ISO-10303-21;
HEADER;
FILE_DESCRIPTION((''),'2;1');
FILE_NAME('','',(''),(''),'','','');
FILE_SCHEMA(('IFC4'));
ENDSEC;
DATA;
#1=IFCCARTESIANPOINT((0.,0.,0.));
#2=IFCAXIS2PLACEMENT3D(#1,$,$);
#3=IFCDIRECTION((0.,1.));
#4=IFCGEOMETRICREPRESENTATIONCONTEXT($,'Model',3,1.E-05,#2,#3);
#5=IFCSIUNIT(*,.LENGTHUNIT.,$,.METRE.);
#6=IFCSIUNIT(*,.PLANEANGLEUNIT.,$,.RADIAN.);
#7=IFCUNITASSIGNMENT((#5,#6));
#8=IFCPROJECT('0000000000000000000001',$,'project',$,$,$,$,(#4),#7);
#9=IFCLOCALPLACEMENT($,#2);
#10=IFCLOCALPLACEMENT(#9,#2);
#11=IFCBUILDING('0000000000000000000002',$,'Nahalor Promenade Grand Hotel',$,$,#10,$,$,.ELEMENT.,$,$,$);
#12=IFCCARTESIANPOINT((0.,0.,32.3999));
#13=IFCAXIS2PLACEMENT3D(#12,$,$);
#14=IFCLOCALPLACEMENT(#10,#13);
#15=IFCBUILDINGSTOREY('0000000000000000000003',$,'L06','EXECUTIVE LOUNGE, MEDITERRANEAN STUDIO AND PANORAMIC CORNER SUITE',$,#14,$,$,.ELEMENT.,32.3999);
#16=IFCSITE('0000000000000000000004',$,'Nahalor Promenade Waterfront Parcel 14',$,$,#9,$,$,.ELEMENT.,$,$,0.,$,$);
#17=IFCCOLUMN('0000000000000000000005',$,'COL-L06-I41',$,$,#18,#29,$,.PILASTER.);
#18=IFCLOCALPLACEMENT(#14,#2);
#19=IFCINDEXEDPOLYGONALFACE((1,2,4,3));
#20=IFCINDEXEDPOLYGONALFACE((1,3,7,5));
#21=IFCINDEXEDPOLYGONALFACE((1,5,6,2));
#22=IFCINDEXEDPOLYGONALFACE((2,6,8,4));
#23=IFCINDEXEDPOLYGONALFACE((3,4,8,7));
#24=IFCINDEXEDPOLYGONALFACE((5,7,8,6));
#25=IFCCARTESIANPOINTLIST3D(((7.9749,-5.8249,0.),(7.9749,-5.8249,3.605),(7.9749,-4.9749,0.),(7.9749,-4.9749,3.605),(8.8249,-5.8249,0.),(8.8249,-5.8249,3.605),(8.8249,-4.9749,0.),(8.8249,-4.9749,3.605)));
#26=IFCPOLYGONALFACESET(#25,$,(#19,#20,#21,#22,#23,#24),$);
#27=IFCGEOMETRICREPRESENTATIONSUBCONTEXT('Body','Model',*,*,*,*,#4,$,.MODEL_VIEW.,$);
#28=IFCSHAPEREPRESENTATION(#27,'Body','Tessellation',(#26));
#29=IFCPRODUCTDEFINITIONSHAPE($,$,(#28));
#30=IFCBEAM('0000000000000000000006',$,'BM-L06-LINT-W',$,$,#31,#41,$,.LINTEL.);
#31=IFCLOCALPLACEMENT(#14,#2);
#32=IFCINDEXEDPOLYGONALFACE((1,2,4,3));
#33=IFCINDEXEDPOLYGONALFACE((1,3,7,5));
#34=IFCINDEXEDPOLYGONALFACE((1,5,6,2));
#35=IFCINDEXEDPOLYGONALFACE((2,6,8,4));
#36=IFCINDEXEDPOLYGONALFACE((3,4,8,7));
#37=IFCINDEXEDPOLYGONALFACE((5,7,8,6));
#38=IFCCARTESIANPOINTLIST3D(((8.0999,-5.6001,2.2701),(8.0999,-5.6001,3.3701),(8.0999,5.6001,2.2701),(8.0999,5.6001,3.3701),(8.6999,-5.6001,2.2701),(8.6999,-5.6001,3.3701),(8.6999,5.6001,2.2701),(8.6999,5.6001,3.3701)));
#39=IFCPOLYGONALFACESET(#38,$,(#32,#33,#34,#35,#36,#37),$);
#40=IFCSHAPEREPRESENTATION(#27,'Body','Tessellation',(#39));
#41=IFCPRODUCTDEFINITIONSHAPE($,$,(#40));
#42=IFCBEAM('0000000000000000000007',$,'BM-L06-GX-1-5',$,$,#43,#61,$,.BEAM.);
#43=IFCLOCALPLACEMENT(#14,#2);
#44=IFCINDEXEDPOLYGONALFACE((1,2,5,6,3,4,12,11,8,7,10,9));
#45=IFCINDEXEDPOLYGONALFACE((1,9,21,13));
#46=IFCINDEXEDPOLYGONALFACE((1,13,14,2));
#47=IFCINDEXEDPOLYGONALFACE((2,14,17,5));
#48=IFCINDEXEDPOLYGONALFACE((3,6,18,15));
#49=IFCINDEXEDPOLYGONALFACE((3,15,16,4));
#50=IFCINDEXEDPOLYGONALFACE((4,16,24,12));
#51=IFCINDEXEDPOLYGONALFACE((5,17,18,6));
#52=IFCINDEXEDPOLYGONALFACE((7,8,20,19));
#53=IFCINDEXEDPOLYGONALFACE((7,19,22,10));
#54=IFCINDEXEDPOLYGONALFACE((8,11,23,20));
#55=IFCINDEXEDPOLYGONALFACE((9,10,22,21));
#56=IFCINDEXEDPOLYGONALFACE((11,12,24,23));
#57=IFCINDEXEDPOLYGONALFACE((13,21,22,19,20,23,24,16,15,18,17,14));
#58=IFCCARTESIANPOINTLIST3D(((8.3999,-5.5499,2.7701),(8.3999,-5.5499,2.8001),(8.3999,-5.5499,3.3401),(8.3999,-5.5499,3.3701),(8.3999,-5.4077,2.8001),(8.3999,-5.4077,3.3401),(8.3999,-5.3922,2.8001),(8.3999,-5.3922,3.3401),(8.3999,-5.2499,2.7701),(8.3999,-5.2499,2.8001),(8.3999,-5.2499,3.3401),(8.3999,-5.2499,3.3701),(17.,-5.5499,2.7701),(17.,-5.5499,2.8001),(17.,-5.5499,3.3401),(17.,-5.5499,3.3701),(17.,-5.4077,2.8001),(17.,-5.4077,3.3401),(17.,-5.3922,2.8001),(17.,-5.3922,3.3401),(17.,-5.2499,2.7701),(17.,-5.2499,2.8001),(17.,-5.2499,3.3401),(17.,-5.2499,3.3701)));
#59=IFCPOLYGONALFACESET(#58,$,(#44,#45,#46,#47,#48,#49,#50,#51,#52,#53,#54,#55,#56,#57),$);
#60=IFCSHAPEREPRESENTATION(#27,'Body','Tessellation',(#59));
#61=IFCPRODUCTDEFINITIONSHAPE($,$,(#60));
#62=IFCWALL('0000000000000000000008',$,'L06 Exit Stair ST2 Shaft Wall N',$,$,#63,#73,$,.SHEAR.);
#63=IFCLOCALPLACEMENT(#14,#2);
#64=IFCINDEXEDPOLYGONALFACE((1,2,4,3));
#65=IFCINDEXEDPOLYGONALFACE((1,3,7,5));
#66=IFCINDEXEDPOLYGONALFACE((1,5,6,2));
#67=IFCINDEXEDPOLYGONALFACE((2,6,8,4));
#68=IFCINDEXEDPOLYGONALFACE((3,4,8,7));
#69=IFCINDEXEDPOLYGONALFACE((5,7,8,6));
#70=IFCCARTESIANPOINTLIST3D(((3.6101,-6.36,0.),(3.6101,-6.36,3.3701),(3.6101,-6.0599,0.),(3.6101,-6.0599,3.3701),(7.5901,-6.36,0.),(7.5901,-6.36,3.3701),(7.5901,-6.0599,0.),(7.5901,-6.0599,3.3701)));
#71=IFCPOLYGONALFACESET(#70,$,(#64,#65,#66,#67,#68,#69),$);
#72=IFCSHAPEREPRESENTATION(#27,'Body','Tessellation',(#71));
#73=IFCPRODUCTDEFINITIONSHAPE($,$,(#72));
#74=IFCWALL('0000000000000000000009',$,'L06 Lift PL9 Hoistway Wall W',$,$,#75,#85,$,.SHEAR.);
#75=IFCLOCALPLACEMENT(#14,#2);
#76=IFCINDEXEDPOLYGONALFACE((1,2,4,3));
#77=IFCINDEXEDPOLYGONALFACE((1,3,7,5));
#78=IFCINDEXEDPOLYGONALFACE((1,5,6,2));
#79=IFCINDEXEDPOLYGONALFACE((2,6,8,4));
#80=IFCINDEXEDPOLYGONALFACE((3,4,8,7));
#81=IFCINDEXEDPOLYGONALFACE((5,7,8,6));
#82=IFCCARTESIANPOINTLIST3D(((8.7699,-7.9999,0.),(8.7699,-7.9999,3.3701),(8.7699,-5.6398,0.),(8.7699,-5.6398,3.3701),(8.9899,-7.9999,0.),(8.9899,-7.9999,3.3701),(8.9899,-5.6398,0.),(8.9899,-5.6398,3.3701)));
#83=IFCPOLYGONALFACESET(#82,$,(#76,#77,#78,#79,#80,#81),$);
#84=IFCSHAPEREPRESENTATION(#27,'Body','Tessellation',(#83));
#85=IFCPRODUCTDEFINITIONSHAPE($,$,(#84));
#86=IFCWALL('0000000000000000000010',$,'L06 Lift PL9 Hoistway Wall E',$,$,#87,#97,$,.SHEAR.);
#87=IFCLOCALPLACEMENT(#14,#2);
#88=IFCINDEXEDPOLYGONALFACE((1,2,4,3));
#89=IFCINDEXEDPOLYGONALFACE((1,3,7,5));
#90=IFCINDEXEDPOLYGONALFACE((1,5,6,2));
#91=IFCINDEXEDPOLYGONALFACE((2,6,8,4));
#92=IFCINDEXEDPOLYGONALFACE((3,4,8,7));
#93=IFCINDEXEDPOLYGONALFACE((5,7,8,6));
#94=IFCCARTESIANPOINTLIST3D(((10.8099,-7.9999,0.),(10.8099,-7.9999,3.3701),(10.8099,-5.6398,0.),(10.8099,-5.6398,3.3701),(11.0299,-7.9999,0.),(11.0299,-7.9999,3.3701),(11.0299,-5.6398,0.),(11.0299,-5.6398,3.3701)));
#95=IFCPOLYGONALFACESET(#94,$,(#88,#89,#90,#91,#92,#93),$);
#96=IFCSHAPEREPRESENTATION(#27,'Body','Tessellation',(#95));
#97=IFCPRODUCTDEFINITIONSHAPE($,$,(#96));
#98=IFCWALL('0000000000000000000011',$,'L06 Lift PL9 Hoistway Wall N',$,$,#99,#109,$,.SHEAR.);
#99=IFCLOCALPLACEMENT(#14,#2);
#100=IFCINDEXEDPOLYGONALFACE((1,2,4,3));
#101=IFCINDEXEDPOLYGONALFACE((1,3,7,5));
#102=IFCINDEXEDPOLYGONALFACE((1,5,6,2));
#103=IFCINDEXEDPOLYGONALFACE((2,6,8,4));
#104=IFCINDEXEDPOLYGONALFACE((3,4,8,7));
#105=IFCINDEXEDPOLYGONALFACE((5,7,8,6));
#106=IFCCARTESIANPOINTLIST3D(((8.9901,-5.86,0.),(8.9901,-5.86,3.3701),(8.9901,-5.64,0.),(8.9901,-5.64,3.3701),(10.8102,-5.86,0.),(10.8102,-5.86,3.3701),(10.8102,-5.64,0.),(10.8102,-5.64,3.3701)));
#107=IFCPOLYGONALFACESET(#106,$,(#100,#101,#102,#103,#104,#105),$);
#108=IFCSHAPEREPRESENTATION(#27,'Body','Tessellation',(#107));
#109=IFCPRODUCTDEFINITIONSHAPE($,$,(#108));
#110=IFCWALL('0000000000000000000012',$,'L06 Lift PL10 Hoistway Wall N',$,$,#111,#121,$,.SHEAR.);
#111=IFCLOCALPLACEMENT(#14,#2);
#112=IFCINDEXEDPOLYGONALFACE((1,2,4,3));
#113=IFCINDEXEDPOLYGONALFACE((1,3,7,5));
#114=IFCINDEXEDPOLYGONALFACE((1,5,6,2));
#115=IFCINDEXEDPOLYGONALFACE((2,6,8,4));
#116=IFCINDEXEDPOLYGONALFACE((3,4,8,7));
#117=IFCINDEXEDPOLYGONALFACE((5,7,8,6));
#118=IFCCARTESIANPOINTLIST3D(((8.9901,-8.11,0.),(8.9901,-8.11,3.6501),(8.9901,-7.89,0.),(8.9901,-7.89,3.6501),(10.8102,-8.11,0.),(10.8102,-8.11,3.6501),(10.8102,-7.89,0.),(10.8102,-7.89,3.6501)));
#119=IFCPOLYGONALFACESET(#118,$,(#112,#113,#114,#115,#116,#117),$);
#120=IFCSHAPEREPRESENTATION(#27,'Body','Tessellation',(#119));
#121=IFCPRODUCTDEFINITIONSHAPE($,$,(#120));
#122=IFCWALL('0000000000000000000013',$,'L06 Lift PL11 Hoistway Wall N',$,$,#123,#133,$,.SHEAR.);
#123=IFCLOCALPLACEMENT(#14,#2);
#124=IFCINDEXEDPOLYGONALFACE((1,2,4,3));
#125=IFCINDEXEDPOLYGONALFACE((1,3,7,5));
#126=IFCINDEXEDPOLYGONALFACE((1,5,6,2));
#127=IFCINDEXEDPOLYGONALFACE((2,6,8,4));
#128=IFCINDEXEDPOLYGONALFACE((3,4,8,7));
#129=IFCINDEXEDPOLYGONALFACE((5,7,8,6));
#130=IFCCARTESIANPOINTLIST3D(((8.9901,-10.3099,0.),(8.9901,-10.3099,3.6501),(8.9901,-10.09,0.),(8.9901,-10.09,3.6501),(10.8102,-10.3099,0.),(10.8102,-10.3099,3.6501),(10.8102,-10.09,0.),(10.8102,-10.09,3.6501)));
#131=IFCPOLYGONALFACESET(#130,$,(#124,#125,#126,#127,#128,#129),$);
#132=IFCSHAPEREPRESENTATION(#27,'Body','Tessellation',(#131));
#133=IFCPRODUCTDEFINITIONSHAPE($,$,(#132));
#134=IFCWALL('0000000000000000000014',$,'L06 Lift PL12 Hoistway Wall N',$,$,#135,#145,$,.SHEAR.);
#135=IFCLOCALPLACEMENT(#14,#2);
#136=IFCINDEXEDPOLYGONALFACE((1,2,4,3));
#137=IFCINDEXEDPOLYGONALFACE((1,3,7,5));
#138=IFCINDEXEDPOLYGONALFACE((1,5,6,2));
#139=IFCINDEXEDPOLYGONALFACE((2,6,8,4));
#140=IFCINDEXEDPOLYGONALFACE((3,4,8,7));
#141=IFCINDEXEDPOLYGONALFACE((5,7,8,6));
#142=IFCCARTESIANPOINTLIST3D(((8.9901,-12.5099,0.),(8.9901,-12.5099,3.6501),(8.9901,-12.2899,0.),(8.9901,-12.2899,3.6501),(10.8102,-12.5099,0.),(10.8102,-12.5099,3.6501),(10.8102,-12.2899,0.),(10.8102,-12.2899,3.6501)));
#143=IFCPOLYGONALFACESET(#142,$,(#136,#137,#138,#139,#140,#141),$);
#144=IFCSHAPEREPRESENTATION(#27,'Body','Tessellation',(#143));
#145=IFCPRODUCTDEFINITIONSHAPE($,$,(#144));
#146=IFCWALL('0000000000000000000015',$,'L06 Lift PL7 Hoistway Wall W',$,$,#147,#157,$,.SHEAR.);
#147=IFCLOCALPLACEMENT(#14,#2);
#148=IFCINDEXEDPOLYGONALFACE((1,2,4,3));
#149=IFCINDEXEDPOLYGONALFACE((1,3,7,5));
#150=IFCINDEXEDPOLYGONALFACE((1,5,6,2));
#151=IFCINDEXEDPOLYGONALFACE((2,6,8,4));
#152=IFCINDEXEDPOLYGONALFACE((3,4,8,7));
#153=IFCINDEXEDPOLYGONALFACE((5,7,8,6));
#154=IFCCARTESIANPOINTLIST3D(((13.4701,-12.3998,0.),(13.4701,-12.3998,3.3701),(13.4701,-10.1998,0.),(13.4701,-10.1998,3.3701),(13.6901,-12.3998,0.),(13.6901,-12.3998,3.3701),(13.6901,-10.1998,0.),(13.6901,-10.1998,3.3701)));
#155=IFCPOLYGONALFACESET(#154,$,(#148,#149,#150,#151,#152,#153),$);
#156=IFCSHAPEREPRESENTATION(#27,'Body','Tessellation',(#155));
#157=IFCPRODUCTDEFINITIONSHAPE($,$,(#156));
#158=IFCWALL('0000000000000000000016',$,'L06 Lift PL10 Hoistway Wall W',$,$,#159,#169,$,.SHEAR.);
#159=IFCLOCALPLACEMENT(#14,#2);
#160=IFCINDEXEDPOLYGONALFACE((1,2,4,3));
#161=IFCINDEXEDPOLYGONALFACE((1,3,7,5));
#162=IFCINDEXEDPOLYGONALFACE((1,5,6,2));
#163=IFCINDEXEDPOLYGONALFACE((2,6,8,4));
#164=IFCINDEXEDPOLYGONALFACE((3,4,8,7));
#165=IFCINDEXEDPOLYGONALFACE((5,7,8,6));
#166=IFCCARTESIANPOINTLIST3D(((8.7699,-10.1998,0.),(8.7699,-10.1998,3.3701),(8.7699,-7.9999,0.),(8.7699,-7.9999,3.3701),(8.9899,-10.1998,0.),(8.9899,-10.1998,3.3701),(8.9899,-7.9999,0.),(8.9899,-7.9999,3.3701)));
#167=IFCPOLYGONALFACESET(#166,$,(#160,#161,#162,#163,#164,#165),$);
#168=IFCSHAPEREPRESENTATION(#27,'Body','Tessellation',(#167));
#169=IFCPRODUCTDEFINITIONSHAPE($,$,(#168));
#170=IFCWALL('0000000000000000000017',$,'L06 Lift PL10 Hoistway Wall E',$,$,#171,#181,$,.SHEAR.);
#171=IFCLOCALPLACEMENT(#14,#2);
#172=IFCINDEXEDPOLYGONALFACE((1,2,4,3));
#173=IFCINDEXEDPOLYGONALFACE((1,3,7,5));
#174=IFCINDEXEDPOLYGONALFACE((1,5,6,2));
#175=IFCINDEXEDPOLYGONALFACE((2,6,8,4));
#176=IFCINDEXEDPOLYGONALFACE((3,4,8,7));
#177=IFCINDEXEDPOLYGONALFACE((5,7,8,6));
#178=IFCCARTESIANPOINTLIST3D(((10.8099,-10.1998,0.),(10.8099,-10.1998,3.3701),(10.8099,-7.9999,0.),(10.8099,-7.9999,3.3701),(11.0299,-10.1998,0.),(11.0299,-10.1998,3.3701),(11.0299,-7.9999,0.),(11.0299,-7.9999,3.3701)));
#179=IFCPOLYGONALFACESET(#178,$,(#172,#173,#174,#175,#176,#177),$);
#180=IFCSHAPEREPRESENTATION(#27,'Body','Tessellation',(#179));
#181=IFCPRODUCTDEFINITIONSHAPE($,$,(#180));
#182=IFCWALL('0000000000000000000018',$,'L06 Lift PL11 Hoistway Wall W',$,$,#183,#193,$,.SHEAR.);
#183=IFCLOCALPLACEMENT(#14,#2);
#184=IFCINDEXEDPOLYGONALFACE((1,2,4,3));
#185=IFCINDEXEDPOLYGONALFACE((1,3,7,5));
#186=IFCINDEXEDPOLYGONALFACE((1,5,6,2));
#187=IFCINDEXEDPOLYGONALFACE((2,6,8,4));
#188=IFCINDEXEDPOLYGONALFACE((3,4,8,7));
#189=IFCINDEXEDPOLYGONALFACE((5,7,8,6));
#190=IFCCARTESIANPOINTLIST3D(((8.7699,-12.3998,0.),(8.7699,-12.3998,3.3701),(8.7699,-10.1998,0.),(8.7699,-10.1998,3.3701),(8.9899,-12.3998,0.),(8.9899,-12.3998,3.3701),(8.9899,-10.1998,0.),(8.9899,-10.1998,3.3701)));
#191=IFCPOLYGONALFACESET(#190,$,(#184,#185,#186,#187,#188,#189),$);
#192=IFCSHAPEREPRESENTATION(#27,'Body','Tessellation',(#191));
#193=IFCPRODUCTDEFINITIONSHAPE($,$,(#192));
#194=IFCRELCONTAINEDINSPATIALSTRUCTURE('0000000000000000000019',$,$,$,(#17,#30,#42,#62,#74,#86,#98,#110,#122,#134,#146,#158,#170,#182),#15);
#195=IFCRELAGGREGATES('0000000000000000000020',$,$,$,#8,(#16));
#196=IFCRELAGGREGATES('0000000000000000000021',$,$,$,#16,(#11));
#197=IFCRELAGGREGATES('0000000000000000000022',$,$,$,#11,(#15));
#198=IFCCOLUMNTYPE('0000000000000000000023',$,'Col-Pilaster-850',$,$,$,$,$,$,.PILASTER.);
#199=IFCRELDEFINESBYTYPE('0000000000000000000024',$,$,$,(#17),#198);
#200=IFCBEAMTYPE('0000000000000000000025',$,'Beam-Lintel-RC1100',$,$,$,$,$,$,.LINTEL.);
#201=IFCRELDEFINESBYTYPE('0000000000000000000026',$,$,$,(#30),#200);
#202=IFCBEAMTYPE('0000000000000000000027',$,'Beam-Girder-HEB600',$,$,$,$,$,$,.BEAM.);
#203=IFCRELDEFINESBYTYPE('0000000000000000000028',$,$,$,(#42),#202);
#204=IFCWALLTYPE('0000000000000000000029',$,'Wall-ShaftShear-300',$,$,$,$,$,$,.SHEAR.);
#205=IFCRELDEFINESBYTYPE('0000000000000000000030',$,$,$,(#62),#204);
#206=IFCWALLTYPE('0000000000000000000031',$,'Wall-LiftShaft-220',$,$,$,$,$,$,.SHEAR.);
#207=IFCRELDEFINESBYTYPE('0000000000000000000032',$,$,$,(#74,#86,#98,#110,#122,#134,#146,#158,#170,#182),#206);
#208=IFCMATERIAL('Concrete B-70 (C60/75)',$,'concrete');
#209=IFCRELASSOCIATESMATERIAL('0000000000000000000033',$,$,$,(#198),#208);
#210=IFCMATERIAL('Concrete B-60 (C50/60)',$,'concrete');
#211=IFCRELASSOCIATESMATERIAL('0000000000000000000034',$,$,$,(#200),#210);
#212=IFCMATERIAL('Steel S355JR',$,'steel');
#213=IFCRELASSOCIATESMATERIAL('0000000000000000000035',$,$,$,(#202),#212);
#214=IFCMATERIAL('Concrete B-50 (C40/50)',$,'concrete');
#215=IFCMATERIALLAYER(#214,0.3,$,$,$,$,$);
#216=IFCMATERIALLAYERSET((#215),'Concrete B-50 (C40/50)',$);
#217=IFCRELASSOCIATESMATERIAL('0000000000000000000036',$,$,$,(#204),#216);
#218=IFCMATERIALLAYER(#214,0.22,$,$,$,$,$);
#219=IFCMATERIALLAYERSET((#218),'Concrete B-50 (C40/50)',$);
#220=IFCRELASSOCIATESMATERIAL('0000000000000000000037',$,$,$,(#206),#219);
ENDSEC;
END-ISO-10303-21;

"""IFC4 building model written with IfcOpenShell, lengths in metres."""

from ifc_helpers import new_model, si_unit, direction, frame, frame_2d, origin, origin_2d, place, context, subcontext, project, spatial, rectangle, i_section, extrude, source, transform, mapped, material, layer, layer_set, material_profile, profile_set, type_object, element, save


model = new_model("IFC4")

# Units and contexts
model_context = context("Model", 3, precision=1e-05, world=origin(), true_north=direction((0.0, 1.0)))
body_context = subcontext(model_context, "Body", "Model", "MODEL_VIEW")
ifc_project = project(units=[si_unit("LENGTHUNIT", "METRE"), si_unit("PLANEANGLEUNIT", "RADIAN")], contexts=[model_context])

# Site, building, storey
site_placement = place(None, origin())
site = spatial("IfcSite", under=ifc_project, at=site_placement, Name="Nahalor Promenade Waterfront Parcel 14", CompositionType="ELEMENT", RefElevation=0.0)
building_placement = place(site_placement, origin())
building = spatial("IfcBuilding", under=site, at=building_placement, Name="Nahalor Promenade Grand Hotel", CompositionType="ELEMENT")
storey_placement = place(building_placement, frame((0.0, 0.0, 32.3999)))
storey = spatial("IfcBuildingStorey", under=building, at=storey_placement, Name="L06", Description="EXECUTIVE LOUNGE, MEDITERRANEAN STUDIO AND PANORAMIC CORNER SUITE", CompositionType="ELEMENT", Elevation=32.3999)

# Column
ifc_material_1 = material(Name="Concrete B-70 (C60/75)", Category="concrete")
ifc_material_profile_1 = material_profile(ifc_material_1, rectangle(XDim=0.85, YDim=0.85, at=origin_2d()), Name="RC 850x850")
ifc_profile_set_1 = profile_set([ifc_material_profile_1], Name="Concrete B-70 (C60/75)")
column_type = type_object("IfcColumnType", Name="Col-Pilaster-850", PredefinedType="PILASTER", material=ifc_profile_set_1)
shared_shape_1 = source(origin(), body_context, "Body", "SweptSolid", [
    extrude(rectangle(XDim=0.85, YDim=0.85, at=origin_2d()), origin(), (0.0, 0.0, 1.0), 3.605),
])
column_placement = place(storey_placement, frame((8.3999, -5.3999, 0.0), z_axis=(0.0, 0.0, 1.0), x_axis=(1.0, 0.0, 0.0)))
element("IfcColumn", 1, at=column_placement, inside=storey, type_object=column_type, Name="COL-L06-I41", PredefinedType="PILASTER", context=body_context, shape_type="MappedRepresentation", body=[
    mapped(shared_shape_1, transform((0.0, 0.0, 0.0), scale=1.0)),
])

# Beams
ifc_material_2 = material(Name="Concrete B-60 (C50/60)", Category="concrete")
ifc_material_profile_2 = material_profile(ifc_material_2, rectangle(XDim=0.6, YDim=1.1, at=origin_2d()), Name="RC 600x1100")
ifc_profile_set_2 = profile_set([ifc_material_profile_2], Name="Concrete B-60 (C50/60)")
beam_type_1 = type_object("IfcBeamType", Name="Beam-Lintel-RC1100", PredefinedType="LINTEL", material=ifc_profile_set_2)
shared_shape_2 = source(origin(), body_context, "Body", "SweptSolid", [
    extrude(rectangle(XDim=0.6, YDim=1.1, at=origin_2d()), origin(), (0.0, 0.0, 1.0), 11.2002),
])
beam_1_placement = place(storey_placement, frame((8.3999, -5.6001, 2.8201), z_axis=(0.0, 1.0, 0.0), x_axis=(-1.0, 0.0, 0.0)))
element("IfcBeam", 2, at=beam_1_placement, inside=storey, type_object=beam_type_1, Name="BM-L06-LINT-W", PredefinedType="LINTEL", context=body_context, shape_type="MappedRepresentation", body=[
    mapped(shared_shape_2, transform((0.0, 0.0, 0.0), scale=1.0)),
])
ifc_material_3 = material(Name="Steel S355JR", Category="steel")
ifc_material_profile_3 = material_profile(ifc_material_3, i_section(OverallWidth=0.3, OverallDepth=0.6, WebThickness=0.0155, FlangeThickness=0.03, at=origin_2d()), Name="HEB 600")
ifc_profile_set_3 = profile_set([ifc_material_profile_3], Name="Steel S355JR")
beam_type_2 = type_object("IfcBeamType", Name="Beam-Girder-HEB600", PredefinedType="BEAM", material=ifc_profile_set_3)
shared_shape_3 = source(origin(), body_context, "Body", "SweptSolid", [
    extrude(i_section(OverallWidth=0.3, OverallDepth=0.6, WebThickness=0.0155, FlangeThickness=0.03, at=origin_2d()), origin(), (0.0, 0.0, 1.0), 8.6001),
])
beam_2_placement = place(storey_placement, frame((8.3999, -5.3999, 3.0701), z_axis=(1.0, 0.0, 0.0), x_axis=(0.0, 1.0, 0.0)))
element("IfcBeam", 3, at=beam_2_placement, inside=storey, type_object=beam_type_2, Name="BM-L06-GX-1-5", PredefinedType="BEAM", context=body_context, shape_type="MappedRepresentation", body=[
    mapped(shared_shape_3, transform((0.0, 0.0, 0.0), scale=1.0)),
])

# Walls
ifc_material_4 = material(Name="Concrete B-50 (C40/50)", Category="concrete")
ifc_layer_1 = layer(ifc_material_4, 0.3)
ifc_layer_set_1 = layer_set([ifc_layer_1], Name="Concrete B-50 (C40/50)")
wall_type_1 = type_object("IfcWallType", Name="Wall-ShaftShear-300", PredefinedType="SHEAR", material=ifc_layer_set_1)
shared_shape_4 = source(origin(), body_context, "Body", "SweptSolid", [
    extrude(rectangle(XDim=3.98, YDim=0.3, at=frame_2d((1.99, 0.0))), origin(), (0.0, 0.0, 1.0), 3.3701),
])
wall_1_placement = place(storey_placement, frame((3.6101, -6.21, 0.0), z_axis=(0.0, 0.0, 1.0), x_axis=(1.0, 0.0, 0.0)))
element("IfcWall", 4, at=wall_1_placement, inside=storey, type_object=wall_type_1, Name="L06 Exit Stair ST2 Shaft Wall N", PredefinedType="SHEAR", context=body_context, shape_type="MappedRepresentation", body=[
    mapped(shared_shape_4, transform((0.0, 0.0, 0.0), scale=1.0)),
])
ifc_layer_2 = layer(ifc_material_4, 0.22)
ifc_layer_set_2 = layer_set([ifc_layer_2], Name="Concrete B-50 (C40/50)")
wall_type_2 = type_object("IfcWallType", Name="Wall-LiftShaft-220", PredefinedType="SHEAR", material=ifc_layer_set_2)
shared_shape_5 = source(origin(), body_context, "Body", "SweptSolid", [
    extrude(rectangle(XDim=2.3601, YDim=0.22, at=frame_2d((1.1802, 0.0))), origin(), (0.0, 0.0, 1.0), 3.3701),
])
for number, where, z_axis, x_axis, name in (
    (5, (8.8799, -8.0, 0.0), (0.0, 0.0, 1.0), (0.0, 1.0, 0.0), "L06 Lift PL9 Hoistway Wall W"),
    (6, (10.9199, -8.0, 0.0), (0.0, 0.0, 1.0), (0.0, 1.0, 0.0), "L06 Lift PL9 Hoistway Wall E"),
):
    element("IfcWall", number, at=place(storey_placement, frame(where, z_axis=z_axis, x_axis=x_axis)), inside=storey, type_object=wall_type_2, Name=name, PredefinedType="SHEAR", context=body_context, shape_type="MappedRepresentation", body=[
        mapped(shared_shape_5, transform((0.0, 0.0, 0.0), scale=1.0)),
    ])
shared_shape_6 = source(origin(), body_context, "Body", "SweptSolid", [
    extrude(rectangle(XDim=1.8201, YDim=0.22, at=frame_2d((0.9102, 0.0))), origin(), (0.0, 0.0, 1.0), 3.3701),
])
wall_2_placement = place(storey_placement, frame((8.99, -5.75, 0.0), z_axis=(0.0, 0.0, 1.0), x_axis=(1.0, 0.0, 0.0)))
element("IfcWall", 7, at=wall_2_placement, inside=storey, type_object=wall_type_2, Name="L06 Lift PL9 Hoistway Wall N", PredefinedType="SHEAR", context=body_context, shape_type="MappedRepresentation", body=[
    mapped(shared_shape_6, transform((0.0, 0.0, 0.0), scale=1.0)),
])
shared_shape_7 = source(origin(), body_context, "Body", "SweptSolid", [
    extrude(rectangle(XDim=1.8201, YDim=0.22, at=frame_2d((0.9102, 0.0))), origin(), (0.0, 0.0, 1.0), 3.6501),
])
for number, where, z_axis, x_axis, name in (
    (8, (8.99, -8.0, 0.0), (0.0, 0.0, 1.0), (1.0, 0.0, 0.0), "L06 Lift PL10 Hoistway Wall N"),
    (9, (8.99, -10.2, 0.0), (0.0, 0.0, 1.0), (1.0, 0.0, 0.0), "L06 Lift PL11 Hoistway Wall N"),
    (10, (8.99, -12.3999, 0.0), (0.0, 0.0, 1.0), (1.0, 0.0, 0.0), "L06 Lift PL12 Hoistway Wall N"),
):
    element("IfcWall", number, at=place(storey_placement, frame(where, z_axis=z_axis, x_axis=x_axis)), inside=storey, type_object=wall_type_2, Name=name, PredefinedType="SHEAR", context=body_context, shape_type="MappedRepresentation", body=[
        mapped(shared_shape_7, transform((0.0, 0.0, 0.0), scale=1.0)),
    ])
shared_shape_8 = source(origin(), body_context, "Body", "SweptSolid", [
    extrude(rectangle(XDim=2.2, YDim=0.22, at=frame_2d((1.1001, 0.0))), origin(), (0.0, 0.0, 1.0), 3.3701),
])
for number, where, z_axis, x_axis, name in (
    (11, (13.5801, -12.3999, 0.0), (0.0, 0.0, 1.0), (0.0, 1.0, 0.0), "L06 Lift PL7 Hoistway Wall W"),
    (12, (8.8799, -10.2, 0.0), (0.0, 0.0, 1.0), (0.0, 1.0, 0.0), "L06 Lift PL10 Hoistway Wall W"),
    (13, (10.9199, -10.2, 0.0), (0.0, 0.0, 1.0), (0.0, 1.0, 0.0), "L06 Lift PL10 Hoistway Wall E"),
    (14, (8.8799, -12.3999, 0.0), (0.0, 0.0, 1.0), (0.0, 1.0, 0.0), "L06 Lift PL11 Hoistway Wall W"),
):
    element("IfcWall", number, at=place(storey_placement, frame(where, z_axis=z_axis, x_axis=x_axis)), inside=storey, type_object=wall_type_2, Name=name, PredefinedType="SHEAR", context=body_context, shape_type="MappedRepresentation", body=[
        mapped(shared_shape_8, transform((0.0, 0.0, 0.0), scale=1.0)),
    ])

save(model, "model.ifc")
